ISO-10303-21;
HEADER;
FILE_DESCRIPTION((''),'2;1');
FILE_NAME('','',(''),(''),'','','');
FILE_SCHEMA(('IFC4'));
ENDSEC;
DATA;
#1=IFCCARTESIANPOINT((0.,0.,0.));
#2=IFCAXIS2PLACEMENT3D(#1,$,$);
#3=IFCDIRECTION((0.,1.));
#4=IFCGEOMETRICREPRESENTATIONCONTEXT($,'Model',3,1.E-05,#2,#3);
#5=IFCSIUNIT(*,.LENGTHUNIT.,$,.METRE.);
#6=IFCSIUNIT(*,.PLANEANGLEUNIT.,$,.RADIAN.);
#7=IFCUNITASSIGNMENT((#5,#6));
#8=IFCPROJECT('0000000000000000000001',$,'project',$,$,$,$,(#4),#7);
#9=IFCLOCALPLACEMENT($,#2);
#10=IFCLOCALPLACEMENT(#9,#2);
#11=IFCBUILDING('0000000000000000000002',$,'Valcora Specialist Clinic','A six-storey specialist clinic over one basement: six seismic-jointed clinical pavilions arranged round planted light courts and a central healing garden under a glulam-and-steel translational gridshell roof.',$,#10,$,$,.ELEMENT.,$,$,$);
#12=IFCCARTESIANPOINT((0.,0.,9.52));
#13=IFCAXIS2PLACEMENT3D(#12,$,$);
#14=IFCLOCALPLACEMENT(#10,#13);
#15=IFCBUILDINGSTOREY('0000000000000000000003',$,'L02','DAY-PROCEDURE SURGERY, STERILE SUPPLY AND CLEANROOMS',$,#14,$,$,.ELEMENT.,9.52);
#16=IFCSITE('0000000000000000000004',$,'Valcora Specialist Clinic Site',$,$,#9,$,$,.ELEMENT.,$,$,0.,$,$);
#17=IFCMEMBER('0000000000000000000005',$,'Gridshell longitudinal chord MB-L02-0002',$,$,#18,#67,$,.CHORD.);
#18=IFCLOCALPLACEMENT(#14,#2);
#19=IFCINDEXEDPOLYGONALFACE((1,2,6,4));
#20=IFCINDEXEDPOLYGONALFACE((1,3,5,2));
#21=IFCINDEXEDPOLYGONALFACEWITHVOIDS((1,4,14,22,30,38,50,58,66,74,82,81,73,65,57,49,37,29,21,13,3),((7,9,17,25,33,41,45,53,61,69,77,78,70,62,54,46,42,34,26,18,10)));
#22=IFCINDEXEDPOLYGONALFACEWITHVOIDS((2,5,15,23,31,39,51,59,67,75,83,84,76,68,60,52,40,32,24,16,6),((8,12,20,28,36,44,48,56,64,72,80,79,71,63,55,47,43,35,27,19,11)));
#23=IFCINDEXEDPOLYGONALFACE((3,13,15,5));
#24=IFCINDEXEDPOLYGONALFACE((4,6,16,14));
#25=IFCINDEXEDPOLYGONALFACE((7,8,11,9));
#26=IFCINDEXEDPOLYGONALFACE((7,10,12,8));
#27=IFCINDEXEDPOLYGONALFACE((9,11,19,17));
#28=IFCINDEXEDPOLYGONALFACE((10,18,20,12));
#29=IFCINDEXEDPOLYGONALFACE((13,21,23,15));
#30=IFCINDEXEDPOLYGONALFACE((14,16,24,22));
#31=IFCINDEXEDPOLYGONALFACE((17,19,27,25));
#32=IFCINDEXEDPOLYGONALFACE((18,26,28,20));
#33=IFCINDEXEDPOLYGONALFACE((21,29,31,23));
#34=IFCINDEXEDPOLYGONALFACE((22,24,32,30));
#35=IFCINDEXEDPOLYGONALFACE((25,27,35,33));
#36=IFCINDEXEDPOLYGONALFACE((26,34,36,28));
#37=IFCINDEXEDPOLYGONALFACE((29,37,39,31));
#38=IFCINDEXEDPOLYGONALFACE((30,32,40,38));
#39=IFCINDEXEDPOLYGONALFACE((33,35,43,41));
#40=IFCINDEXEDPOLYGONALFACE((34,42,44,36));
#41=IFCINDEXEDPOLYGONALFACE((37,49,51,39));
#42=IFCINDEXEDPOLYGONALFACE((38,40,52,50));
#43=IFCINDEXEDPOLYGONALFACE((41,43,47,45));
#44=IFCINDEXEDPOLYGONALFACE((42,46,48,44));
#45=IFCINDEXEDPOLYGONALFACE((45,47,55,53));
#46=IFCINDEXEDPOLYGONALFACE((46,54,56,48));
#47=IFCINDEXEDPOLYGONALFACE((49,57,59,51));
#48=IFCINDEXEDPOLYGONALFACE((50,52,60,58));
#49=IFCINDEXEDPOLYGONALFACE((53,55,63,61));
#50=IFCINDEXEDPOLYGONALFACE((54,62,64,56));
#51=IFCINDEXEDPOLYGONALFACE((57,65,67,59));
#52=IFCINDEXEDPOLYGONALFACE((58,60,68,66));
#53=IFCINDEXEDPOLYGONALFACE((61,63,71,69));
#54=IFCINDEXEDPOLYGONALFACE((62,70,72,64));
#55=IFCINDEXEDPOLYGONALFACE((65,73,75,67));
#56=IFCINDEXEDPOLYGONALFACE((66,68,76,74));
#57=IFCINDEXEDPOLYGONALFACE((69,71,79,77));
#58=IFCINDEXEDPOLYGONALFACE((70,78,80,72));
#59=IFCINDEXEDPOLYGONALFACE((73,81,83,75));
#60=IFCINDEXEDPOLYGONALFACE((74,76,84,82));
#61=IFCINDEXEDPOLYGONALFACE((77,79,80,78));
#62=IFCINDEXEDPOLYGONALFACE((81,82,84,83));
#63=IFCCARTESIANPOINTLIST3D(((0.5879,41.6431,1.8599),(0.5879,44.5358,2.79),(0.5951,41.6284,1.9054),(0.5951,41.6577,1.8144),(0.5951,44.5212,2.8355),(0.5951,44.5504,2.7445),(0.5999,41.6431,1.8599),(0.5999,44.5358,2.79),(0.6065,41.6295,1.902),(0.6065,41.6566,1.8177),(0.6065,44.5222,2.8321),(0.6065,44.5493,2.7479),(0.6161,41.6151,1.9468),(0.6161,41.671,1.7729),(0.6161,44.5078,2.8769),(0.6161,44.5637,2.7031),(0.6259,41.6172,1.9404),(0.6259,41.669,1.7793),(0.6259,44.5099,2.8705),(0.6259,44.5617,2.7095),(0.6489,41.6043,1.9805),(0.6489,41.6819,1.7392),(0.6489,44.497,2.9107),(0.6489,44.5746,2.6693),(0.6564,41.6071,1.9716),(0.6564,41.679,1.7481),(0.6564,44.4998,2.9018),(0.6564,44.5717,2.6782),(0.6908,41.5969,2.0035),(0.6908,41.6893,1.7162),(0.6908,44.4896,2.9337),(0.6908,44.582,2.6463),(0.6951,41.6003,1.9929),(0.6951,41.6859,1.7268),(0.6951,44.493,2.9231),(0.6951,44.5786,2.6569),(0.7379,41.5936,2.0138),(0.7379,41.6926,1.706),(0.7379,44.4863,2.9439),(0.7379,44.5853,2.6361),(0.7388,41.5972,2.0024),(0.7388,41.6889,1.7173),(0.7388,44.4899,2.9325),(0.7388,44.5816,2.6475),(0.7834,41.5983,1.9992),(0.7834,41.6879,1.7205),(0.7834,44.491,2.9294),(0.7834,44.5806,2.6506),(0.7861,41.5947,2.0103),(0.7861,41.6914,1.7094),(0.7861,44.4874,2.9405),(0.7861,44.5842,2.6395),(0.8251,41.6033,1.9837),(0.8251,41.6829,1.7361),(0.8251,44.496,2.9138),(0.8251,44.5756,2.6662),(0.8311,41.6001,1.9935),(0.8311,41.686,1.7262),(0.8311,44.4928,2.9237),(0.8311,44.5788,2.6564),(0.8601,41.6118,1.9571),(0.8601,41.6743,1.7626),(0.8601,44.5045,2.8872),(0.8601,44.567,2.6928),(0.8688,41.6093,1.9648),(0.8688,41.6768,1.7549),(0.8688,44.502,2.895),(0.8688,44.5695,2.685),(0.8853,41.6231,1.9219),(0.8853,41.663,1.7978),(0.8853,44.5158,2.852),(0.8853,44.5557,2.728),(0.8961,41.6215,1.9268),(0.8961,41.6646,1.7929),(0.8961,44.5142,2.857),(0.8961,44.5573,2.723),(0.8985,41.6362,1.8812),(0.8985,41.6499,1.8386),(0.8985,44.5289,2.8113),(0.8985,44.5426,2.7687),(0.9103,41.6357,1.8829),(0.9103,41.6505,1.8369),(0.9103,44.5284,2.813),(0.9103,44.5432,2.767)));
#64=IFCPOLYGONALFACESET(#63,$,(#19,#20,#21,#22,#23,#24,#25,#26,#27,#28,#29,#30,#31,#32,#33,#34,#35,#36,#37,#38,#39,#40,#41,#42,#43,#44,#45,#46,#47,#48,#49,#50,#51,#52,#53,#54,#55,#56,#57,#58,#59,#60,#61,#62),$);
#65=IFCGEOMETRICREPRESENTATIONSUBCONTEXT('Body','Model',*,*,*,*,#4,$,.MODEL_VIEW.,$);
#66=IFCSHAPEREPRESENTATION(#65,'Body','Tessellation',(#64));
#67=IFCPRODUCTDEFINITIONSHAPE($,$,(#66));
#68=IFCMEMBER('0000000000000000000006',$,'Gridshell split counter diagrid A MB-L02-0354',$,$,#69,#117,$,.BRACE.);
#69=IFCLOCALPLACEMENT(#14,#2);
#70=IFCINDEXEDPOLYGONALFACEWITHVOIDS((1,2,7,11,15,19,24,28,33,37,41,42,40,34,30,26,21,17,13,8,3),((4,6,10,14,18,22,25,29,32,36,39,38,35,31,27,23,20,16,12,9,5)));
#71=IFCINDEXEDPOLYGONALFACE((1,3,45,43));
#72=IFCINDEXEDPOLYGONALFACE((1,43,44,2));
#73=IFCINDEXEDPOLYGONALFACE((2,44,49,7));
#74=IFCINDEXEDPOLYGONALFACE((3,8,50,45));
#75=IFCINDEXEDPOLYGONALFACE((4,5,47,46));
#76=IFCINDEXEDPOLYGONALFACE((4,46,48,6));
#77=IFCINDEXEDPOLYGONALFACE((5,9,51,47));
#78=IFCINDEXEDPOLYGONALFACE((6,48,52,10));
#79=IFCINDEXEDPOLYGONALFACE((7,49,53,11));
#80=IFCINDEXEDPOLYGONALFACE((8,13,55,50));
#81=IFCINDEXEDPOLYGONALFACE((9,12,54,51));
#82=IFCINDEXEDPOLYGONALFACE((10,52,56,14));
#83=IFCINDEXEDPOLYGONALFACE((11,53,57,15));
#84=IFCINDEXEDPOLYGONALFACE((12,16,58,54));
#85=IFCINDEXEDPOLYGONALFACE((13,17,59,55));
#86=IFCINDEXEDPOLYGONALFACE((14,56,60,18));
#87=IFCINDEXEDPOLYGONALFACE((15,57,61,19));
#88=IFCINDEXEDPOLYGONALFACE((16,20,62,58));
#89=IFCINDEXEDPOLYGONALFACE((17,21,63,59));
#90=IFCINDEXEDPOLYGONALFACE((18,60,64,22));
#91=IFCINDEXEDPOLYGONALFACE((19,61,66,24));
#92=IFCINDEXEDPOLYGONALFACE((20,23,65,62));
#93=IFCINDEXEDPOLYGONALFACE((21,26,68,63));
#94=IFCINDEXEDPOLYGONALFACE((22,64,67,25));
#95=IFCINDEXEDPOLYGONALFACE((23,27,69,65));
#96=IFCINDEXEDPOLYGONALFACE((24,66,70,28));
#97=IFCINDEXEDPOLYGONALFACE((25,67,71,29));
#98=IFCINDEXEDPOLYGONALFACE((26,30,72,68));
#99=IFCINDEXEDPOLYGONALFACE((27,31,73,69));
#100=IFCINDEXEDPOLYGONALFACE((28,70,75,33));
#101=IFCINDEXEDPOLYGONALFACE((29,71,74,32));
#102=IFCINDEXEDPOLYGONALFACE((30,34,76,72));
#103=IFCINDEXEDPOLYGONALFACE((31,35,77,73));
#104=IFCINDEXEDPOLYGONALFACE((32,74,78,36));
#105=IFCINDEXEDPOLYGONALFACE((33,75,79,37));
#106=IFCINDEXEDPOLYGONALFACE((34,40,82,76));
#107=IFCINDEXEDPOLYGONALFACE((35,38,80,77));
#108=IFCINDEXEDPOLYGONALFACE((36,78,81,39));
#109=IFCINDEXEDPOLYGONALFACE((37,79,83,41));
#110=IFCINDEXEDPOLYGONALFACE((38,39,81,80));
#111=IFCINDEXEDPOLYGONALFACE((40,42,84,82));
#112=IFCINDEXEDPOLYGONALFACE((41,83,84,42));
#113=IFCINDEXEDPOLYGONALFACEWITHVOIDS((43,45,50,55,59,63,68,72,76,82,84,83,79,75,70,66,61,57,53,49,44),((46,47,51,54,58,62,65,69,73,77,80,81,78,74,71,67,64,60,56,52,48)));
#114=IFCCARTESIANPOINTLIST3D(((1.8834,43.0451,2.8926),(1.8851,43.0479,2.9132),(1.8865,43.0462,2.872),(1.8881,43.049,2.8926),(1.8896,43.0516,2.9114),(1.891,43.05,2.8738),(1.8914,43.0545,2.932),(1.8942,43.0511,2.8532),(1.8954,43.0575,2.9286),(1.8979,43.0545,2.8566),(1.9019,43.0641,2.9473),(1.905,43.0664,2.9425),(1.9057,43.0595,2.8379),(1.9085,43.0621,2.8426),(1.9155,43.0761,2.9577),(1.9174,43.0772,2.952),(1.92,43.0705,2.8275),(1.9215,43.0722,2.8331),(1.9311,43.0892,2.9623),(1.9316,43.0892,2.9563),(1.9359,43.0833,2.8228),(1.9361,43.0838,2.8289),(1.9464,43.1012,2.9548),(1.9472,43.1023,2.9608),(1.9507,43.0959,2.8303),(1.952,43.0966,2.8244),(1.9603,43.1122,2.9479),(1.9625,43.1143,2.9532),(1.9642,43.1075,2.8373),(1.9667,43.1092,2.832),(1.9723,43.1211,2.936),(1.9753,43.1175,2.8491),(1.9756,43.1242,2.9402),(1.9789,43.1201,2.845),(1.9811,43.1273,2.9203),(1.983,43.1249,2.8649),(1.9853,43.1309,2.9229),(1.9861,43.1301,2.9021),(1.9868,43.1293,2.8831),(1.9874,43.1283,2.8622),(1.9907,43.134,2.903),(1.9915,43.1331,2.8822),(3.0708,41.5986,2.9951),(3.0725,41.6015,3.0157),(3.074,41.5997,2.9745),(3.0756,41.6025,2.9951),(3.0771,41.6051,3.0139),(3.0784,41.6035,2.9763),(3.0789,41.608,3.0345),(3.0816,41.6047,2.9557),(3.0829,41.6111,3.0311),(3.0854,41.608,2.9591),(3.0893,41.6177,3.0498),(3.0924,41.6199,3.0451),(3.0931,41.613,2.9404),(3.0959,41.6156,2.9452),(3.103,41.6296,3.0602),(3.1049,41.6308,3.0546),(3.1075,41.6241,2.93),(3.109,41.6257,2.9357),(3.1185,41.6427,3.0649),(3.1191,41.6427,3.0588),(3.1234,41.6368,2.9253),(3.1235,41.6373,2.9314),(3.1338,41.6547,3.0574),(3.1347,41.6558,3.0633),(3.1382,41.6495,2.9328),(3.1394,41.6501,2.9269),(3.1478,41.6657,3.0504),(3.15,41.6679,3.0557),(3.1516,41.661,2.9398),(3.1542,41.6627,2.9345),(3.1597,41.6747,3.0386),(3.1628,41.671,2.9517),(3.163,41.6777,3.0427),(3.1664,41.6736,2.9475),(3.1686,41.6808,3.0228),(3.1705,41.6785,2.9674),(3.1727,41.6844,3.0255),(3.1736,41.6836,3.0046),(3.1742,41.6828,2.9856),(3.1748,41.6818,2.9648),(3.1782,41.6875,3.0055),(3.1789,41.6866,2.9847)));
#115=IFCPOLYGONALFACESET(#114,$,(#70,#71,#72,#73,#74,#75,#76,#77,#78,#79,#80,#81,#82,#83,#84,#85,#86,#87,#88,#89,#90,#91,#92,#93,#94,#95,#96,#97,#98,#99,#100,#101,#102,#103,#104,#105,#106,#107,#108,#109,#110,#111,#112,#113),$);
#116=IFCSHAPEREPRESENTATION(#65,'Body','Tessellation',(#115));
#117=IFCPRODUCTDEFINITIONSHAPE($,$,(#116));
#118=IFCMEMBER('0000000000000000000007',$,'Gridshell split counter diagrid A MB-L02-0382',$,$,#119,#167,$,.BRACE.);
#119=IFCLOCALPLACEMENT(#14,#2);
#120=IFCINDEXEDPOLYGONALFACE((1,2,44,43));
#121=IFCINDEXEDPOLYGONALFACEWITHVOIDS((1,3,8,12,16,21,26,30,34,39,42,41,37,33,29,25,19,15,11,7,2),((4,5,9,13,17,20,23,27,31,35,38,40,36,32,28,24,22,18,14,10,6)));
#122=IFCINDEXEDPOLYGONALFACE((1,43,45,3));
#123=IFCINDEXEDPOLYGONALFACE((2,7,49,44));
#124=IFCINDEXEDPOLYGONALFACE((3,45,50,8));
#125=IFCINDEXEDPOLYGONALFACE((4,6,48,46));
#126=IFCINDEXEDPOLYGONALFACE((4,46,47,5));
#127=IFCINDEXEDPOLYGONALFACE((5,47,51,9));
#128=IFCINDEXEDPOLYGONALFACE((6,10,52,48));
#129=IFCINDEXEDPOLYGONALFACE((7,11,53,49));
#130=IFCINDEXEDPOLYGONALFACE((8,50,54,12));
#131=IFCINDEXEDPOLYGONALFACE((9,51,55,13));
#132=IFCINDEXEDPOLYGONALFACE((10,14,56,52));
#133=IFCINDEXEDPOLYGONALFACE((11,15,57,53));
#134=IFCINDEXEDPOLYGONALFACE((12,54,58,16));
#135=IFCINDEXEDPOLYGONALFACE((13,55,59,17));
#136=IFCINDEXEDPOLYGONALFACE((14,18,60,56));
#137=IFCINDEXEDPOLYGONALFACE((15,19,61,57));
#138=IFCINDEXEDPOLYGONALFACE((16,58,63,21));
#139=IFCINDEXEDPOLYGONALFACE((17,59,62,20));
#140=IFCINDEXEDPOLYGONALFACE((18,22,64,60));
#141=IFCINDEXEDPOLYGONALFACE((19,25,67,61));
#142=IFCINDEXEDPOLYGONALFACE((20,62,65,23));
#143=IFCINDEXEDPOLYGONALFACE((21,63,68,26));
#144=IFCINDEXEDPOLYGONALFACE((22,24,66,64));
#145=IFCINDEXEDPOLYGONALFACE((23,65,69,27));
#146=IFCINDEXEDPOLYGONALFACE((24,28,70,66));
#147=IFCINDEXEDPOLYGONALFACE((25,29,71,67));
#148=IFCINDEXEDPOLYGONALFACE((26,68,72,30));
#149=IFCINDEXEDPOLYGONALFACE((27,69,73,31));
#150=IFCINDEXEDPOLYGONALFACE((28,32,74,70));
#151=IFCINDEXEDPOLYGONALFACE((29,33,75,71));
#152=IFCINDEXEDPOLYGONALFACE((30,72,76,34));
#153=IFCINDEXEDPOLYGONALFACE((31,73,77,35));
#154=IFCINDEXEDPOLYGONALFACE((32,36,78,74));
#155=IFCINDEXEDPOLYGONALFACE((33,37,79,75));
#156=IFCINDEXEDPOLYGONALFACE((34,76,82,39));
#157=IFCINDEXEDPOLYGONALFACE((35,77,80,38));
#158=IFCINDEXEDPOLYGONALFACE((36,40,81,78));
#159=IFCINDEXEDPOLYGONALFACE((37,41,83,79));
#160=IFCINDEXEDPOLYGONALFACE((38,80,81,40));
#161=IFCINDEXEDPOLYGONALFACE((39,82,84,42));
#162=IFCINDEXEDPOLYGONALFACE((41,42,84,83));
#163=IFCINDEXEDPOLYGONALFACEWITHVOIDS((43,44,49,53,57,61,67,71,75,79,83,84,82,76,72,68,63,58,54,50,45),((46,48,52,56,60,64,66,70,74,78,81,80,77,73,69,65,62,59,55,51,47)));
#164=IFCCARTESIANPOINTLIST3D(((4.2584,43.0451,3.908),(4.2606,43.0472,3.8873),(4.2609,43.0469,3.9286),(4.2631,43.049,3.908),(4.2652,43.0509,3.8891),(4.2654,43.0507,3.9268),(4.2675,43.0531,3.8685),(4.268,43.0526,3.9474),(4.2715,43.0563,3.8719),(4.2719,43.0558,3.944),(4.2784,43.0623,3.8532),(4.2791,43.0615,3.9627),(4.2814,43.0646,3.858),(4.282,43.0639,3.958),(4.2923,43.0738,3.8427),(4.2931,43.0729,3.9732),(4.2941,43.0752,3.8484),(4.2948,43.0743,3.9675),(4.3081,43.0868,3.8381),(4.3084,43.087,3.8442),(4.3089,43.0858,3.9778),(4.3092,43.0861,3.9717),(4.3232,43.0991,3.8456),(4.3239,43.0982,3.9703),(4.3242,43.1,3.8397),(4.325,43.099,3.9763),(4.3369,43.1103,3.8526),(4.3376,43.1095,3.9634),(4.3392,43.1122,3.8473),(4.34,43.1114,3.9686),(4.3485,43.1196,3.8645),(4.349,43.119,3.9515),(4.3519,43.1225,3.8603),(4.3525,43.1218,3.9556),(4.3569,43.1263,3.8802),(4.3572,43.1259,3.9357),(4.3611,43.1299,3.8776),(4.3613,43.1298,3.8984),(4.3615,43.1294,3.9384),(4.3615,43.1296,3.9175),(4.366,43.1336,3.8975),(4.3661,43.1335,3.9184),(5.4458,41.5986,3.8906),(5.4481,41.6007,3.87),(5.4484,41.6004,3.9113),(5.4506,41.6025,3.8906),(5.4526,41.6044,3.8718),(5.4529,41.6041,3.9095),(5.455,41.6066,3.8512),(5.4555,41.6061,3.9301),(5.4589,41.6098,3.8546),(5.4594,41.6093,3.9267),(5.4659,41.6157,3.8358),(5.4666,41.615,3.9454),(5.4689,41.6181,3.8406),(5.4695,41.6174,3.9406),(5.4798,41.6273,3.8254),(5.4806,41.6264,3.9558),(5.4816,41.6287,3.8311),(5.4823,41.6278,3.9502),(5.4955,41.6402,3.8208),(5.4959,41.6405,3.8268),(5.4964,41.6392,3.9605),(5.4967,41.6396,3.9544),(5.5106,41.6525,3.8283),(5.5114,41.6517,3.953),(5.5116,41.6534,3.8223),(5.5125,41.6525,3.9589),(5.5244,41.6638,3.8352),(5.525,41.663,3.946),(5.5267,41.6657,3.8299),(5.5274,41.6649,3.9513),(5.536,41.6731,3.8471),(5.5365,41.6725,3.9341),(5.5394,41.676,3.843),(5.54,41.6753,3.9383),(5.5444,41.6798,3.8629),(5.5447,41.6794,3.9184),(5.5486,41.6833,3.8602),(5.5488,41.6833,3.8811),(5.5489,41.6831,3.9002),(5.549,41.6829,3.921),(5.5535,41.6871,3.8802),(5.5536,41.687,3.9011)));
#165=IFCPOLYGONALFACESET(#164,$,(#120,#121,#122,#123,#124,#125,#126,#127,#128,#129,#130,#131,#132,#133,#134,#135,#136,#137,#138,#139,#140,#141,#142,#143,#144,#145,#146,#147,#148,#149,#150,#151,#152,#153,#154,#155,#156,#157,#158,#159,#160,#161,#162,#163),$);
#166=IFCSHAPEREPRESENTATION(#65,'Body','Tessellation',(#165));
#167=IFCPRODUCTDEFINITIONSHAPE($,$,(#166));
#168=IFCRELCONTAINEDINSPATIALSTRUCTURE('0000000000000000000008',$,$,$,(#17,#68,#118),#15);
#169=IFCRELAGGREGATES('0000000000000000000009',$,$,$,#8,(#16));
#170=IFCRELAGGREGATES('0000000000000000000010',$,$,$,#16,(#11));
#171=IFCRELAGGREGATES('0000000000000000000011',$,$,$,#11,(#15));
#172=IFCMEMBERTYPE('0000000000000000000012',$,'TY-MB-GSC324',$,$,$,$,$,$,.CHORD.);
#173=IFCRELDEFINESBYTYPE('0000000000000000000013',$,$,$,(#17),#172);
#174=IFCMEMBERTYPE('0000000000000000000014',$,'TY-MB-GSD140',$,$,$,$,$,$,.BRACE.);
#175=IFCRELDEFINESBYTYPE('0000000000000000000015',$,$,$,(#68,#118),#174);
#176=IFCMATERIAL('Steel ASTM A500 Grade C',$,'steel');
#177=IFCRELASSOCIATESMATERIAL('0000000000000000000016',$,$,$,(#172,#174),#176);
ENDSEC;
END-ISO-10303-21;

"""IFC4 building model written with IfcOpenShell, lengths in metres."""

from ifc_helpers import new_model, si_unit, direction, frame, origin, origin_2d, place, context, subcontext, project, spatial, hollow_circle, extrude, material, material_profile, profile_set, type_object, element, save


model = new_model("IFC4")

# Units and contexts
model_context = context("Model", 3, precision=1e-05, world=origin(), true_north=direction((0.0, 1.0)))
body_context = subcontext(model_context, "Body", "Model", "MODEL_VIEW")
ifc_project = project(units=[si_unit("LENGTHUNIT", "METRE"), si_unit("PLANEANGLEUNIT", "RADIAN")], contexts=[model_context])

# Site, building, storey
site_placement = place(None, origin())
site = spatial("IfcSite", under=ifc_project, at=site_placement, Name="Valcora Specialist Clinic Site", CompositionType="ELEMENT", RefElevation=0.0)
building_placement = place(site_placement, origin())
building = spatial("IfcBuilding", under=site, at=building_placement, Name="Valcora Specialist Clinic", Description="A six-storey specialist clinic over one basement: six seismic-jointed clinical pavilions arranged round planted light courts and a central healing garden under a glulam-and-steel translational gridshell roof.", CompositionType="ELEMENT")
storey_placement = place(building_placement, frame((0.0, 0.0, 9.52)))
storey = spatial("IfcBuildingStorey", under=building, at=storey_placement, Name="L02", Description="DAY-PROCEDURE SURGERY, STERILE SUPPLY AND CLEANROOMS", CompositionType="ELEMENT", Elevation=9.52)

# Members
ifc_material_1 = material(Name="Steel ASTM A500 Grade C", Category="steel")
ifc_material_profile_1 = material_profile(ifc_material_1, hollow_circle(Radius=0.1621, WallThickness=0.012, at=origin_2d()), Name="ST-CHS-324X12")
ifc_profile_set_1 = profile_set([ifc_material_profile_1], Name="Steel ASTM A500 Grade C")
member_type_1 = type_object("IfcMemberType", Name="TY-MB-GSC324", PredefinedType="CHORD", material=ifc_profile_set_1)
member_1_placement = place(storey_placement, frame((0.75, 41.6431, 1.8599), z_axis=(0.0, 0.951996, 0.306111), x_axis=(-1.0, 0.0, 0.0)))
element("IfcMember", 1, at=member_1_placement, inside=storey, type_object=member_type_1, Name="Gridshell longitudinal chord MB-L02-0002", PredefinedType="CHORD", context=body_context, shape_type="SweptSolid", body=[
    extrude(hollow_circle(Radius=0.1621, WallThickness=0.012, at=origin_2d()), origin(), (0.0, 0.0, 1.0), 3.0386),
])
ifc_material_profile_2 = material_profile(ifc_material_1, hollow_circle(Radius=0.0701, WallThickness=0.0061, at=origin_2d()), Name="ST-CHS-140X6")
ifc_profile_set_2 = profile_set([ifc_material_profile_2], Name="Steel ASTM A500 Grade C")
member_type_2 = type_object("IfcMemberType", Name="TY-MB-GSD140", PredefinedType="BRACE", material=ifc_profile_set_2)
member_2_placement = place(storey_placement, frame((3.125, 41.6431, 2.9951), z_axis=(-0.633558, 0.771758, -0.054707), x_axis=(-0.772916, -0.634508, 0.0)))
element("IfcMember", 2, at=member_2_placement, inside=storey, type_object=member_type_2, Name="Gridshell split counter diagrid A MB-L02-0354", PredefinedType="BRACE", context=body_context, shape_type="SweptSolid", body=[
    extrude(hollow_circle(Radius=0.0701, WallThickness=0.0061, at=origin_2d()), origin(), (0.0, 0.0, 1.0), 1.8743),
])
member_3_placement = place(storey_placement, frame((5.5, 41.6431, 3.8906), z_axis=(-0.634481, 0.772883, 0.009262), x_axis=(-0.772916, -0.634508, 0.0)))
element("IfcMember", 3, at=member_3_placement, inside=storey, type_object=member_type_2, Name="Gridshell split counter diagrid A MB-L02-0382", PredefinedType="BRACE", context=body_context, shape_type="SweptSolid", body=[
    extrude(hollow_circle(Radius=0.0701, WallThickness=0.0061, at=origin_2d()), origin(), (0.0, 0.0, 1.0), 1.8716),
])

save(model, "model.ifc")
